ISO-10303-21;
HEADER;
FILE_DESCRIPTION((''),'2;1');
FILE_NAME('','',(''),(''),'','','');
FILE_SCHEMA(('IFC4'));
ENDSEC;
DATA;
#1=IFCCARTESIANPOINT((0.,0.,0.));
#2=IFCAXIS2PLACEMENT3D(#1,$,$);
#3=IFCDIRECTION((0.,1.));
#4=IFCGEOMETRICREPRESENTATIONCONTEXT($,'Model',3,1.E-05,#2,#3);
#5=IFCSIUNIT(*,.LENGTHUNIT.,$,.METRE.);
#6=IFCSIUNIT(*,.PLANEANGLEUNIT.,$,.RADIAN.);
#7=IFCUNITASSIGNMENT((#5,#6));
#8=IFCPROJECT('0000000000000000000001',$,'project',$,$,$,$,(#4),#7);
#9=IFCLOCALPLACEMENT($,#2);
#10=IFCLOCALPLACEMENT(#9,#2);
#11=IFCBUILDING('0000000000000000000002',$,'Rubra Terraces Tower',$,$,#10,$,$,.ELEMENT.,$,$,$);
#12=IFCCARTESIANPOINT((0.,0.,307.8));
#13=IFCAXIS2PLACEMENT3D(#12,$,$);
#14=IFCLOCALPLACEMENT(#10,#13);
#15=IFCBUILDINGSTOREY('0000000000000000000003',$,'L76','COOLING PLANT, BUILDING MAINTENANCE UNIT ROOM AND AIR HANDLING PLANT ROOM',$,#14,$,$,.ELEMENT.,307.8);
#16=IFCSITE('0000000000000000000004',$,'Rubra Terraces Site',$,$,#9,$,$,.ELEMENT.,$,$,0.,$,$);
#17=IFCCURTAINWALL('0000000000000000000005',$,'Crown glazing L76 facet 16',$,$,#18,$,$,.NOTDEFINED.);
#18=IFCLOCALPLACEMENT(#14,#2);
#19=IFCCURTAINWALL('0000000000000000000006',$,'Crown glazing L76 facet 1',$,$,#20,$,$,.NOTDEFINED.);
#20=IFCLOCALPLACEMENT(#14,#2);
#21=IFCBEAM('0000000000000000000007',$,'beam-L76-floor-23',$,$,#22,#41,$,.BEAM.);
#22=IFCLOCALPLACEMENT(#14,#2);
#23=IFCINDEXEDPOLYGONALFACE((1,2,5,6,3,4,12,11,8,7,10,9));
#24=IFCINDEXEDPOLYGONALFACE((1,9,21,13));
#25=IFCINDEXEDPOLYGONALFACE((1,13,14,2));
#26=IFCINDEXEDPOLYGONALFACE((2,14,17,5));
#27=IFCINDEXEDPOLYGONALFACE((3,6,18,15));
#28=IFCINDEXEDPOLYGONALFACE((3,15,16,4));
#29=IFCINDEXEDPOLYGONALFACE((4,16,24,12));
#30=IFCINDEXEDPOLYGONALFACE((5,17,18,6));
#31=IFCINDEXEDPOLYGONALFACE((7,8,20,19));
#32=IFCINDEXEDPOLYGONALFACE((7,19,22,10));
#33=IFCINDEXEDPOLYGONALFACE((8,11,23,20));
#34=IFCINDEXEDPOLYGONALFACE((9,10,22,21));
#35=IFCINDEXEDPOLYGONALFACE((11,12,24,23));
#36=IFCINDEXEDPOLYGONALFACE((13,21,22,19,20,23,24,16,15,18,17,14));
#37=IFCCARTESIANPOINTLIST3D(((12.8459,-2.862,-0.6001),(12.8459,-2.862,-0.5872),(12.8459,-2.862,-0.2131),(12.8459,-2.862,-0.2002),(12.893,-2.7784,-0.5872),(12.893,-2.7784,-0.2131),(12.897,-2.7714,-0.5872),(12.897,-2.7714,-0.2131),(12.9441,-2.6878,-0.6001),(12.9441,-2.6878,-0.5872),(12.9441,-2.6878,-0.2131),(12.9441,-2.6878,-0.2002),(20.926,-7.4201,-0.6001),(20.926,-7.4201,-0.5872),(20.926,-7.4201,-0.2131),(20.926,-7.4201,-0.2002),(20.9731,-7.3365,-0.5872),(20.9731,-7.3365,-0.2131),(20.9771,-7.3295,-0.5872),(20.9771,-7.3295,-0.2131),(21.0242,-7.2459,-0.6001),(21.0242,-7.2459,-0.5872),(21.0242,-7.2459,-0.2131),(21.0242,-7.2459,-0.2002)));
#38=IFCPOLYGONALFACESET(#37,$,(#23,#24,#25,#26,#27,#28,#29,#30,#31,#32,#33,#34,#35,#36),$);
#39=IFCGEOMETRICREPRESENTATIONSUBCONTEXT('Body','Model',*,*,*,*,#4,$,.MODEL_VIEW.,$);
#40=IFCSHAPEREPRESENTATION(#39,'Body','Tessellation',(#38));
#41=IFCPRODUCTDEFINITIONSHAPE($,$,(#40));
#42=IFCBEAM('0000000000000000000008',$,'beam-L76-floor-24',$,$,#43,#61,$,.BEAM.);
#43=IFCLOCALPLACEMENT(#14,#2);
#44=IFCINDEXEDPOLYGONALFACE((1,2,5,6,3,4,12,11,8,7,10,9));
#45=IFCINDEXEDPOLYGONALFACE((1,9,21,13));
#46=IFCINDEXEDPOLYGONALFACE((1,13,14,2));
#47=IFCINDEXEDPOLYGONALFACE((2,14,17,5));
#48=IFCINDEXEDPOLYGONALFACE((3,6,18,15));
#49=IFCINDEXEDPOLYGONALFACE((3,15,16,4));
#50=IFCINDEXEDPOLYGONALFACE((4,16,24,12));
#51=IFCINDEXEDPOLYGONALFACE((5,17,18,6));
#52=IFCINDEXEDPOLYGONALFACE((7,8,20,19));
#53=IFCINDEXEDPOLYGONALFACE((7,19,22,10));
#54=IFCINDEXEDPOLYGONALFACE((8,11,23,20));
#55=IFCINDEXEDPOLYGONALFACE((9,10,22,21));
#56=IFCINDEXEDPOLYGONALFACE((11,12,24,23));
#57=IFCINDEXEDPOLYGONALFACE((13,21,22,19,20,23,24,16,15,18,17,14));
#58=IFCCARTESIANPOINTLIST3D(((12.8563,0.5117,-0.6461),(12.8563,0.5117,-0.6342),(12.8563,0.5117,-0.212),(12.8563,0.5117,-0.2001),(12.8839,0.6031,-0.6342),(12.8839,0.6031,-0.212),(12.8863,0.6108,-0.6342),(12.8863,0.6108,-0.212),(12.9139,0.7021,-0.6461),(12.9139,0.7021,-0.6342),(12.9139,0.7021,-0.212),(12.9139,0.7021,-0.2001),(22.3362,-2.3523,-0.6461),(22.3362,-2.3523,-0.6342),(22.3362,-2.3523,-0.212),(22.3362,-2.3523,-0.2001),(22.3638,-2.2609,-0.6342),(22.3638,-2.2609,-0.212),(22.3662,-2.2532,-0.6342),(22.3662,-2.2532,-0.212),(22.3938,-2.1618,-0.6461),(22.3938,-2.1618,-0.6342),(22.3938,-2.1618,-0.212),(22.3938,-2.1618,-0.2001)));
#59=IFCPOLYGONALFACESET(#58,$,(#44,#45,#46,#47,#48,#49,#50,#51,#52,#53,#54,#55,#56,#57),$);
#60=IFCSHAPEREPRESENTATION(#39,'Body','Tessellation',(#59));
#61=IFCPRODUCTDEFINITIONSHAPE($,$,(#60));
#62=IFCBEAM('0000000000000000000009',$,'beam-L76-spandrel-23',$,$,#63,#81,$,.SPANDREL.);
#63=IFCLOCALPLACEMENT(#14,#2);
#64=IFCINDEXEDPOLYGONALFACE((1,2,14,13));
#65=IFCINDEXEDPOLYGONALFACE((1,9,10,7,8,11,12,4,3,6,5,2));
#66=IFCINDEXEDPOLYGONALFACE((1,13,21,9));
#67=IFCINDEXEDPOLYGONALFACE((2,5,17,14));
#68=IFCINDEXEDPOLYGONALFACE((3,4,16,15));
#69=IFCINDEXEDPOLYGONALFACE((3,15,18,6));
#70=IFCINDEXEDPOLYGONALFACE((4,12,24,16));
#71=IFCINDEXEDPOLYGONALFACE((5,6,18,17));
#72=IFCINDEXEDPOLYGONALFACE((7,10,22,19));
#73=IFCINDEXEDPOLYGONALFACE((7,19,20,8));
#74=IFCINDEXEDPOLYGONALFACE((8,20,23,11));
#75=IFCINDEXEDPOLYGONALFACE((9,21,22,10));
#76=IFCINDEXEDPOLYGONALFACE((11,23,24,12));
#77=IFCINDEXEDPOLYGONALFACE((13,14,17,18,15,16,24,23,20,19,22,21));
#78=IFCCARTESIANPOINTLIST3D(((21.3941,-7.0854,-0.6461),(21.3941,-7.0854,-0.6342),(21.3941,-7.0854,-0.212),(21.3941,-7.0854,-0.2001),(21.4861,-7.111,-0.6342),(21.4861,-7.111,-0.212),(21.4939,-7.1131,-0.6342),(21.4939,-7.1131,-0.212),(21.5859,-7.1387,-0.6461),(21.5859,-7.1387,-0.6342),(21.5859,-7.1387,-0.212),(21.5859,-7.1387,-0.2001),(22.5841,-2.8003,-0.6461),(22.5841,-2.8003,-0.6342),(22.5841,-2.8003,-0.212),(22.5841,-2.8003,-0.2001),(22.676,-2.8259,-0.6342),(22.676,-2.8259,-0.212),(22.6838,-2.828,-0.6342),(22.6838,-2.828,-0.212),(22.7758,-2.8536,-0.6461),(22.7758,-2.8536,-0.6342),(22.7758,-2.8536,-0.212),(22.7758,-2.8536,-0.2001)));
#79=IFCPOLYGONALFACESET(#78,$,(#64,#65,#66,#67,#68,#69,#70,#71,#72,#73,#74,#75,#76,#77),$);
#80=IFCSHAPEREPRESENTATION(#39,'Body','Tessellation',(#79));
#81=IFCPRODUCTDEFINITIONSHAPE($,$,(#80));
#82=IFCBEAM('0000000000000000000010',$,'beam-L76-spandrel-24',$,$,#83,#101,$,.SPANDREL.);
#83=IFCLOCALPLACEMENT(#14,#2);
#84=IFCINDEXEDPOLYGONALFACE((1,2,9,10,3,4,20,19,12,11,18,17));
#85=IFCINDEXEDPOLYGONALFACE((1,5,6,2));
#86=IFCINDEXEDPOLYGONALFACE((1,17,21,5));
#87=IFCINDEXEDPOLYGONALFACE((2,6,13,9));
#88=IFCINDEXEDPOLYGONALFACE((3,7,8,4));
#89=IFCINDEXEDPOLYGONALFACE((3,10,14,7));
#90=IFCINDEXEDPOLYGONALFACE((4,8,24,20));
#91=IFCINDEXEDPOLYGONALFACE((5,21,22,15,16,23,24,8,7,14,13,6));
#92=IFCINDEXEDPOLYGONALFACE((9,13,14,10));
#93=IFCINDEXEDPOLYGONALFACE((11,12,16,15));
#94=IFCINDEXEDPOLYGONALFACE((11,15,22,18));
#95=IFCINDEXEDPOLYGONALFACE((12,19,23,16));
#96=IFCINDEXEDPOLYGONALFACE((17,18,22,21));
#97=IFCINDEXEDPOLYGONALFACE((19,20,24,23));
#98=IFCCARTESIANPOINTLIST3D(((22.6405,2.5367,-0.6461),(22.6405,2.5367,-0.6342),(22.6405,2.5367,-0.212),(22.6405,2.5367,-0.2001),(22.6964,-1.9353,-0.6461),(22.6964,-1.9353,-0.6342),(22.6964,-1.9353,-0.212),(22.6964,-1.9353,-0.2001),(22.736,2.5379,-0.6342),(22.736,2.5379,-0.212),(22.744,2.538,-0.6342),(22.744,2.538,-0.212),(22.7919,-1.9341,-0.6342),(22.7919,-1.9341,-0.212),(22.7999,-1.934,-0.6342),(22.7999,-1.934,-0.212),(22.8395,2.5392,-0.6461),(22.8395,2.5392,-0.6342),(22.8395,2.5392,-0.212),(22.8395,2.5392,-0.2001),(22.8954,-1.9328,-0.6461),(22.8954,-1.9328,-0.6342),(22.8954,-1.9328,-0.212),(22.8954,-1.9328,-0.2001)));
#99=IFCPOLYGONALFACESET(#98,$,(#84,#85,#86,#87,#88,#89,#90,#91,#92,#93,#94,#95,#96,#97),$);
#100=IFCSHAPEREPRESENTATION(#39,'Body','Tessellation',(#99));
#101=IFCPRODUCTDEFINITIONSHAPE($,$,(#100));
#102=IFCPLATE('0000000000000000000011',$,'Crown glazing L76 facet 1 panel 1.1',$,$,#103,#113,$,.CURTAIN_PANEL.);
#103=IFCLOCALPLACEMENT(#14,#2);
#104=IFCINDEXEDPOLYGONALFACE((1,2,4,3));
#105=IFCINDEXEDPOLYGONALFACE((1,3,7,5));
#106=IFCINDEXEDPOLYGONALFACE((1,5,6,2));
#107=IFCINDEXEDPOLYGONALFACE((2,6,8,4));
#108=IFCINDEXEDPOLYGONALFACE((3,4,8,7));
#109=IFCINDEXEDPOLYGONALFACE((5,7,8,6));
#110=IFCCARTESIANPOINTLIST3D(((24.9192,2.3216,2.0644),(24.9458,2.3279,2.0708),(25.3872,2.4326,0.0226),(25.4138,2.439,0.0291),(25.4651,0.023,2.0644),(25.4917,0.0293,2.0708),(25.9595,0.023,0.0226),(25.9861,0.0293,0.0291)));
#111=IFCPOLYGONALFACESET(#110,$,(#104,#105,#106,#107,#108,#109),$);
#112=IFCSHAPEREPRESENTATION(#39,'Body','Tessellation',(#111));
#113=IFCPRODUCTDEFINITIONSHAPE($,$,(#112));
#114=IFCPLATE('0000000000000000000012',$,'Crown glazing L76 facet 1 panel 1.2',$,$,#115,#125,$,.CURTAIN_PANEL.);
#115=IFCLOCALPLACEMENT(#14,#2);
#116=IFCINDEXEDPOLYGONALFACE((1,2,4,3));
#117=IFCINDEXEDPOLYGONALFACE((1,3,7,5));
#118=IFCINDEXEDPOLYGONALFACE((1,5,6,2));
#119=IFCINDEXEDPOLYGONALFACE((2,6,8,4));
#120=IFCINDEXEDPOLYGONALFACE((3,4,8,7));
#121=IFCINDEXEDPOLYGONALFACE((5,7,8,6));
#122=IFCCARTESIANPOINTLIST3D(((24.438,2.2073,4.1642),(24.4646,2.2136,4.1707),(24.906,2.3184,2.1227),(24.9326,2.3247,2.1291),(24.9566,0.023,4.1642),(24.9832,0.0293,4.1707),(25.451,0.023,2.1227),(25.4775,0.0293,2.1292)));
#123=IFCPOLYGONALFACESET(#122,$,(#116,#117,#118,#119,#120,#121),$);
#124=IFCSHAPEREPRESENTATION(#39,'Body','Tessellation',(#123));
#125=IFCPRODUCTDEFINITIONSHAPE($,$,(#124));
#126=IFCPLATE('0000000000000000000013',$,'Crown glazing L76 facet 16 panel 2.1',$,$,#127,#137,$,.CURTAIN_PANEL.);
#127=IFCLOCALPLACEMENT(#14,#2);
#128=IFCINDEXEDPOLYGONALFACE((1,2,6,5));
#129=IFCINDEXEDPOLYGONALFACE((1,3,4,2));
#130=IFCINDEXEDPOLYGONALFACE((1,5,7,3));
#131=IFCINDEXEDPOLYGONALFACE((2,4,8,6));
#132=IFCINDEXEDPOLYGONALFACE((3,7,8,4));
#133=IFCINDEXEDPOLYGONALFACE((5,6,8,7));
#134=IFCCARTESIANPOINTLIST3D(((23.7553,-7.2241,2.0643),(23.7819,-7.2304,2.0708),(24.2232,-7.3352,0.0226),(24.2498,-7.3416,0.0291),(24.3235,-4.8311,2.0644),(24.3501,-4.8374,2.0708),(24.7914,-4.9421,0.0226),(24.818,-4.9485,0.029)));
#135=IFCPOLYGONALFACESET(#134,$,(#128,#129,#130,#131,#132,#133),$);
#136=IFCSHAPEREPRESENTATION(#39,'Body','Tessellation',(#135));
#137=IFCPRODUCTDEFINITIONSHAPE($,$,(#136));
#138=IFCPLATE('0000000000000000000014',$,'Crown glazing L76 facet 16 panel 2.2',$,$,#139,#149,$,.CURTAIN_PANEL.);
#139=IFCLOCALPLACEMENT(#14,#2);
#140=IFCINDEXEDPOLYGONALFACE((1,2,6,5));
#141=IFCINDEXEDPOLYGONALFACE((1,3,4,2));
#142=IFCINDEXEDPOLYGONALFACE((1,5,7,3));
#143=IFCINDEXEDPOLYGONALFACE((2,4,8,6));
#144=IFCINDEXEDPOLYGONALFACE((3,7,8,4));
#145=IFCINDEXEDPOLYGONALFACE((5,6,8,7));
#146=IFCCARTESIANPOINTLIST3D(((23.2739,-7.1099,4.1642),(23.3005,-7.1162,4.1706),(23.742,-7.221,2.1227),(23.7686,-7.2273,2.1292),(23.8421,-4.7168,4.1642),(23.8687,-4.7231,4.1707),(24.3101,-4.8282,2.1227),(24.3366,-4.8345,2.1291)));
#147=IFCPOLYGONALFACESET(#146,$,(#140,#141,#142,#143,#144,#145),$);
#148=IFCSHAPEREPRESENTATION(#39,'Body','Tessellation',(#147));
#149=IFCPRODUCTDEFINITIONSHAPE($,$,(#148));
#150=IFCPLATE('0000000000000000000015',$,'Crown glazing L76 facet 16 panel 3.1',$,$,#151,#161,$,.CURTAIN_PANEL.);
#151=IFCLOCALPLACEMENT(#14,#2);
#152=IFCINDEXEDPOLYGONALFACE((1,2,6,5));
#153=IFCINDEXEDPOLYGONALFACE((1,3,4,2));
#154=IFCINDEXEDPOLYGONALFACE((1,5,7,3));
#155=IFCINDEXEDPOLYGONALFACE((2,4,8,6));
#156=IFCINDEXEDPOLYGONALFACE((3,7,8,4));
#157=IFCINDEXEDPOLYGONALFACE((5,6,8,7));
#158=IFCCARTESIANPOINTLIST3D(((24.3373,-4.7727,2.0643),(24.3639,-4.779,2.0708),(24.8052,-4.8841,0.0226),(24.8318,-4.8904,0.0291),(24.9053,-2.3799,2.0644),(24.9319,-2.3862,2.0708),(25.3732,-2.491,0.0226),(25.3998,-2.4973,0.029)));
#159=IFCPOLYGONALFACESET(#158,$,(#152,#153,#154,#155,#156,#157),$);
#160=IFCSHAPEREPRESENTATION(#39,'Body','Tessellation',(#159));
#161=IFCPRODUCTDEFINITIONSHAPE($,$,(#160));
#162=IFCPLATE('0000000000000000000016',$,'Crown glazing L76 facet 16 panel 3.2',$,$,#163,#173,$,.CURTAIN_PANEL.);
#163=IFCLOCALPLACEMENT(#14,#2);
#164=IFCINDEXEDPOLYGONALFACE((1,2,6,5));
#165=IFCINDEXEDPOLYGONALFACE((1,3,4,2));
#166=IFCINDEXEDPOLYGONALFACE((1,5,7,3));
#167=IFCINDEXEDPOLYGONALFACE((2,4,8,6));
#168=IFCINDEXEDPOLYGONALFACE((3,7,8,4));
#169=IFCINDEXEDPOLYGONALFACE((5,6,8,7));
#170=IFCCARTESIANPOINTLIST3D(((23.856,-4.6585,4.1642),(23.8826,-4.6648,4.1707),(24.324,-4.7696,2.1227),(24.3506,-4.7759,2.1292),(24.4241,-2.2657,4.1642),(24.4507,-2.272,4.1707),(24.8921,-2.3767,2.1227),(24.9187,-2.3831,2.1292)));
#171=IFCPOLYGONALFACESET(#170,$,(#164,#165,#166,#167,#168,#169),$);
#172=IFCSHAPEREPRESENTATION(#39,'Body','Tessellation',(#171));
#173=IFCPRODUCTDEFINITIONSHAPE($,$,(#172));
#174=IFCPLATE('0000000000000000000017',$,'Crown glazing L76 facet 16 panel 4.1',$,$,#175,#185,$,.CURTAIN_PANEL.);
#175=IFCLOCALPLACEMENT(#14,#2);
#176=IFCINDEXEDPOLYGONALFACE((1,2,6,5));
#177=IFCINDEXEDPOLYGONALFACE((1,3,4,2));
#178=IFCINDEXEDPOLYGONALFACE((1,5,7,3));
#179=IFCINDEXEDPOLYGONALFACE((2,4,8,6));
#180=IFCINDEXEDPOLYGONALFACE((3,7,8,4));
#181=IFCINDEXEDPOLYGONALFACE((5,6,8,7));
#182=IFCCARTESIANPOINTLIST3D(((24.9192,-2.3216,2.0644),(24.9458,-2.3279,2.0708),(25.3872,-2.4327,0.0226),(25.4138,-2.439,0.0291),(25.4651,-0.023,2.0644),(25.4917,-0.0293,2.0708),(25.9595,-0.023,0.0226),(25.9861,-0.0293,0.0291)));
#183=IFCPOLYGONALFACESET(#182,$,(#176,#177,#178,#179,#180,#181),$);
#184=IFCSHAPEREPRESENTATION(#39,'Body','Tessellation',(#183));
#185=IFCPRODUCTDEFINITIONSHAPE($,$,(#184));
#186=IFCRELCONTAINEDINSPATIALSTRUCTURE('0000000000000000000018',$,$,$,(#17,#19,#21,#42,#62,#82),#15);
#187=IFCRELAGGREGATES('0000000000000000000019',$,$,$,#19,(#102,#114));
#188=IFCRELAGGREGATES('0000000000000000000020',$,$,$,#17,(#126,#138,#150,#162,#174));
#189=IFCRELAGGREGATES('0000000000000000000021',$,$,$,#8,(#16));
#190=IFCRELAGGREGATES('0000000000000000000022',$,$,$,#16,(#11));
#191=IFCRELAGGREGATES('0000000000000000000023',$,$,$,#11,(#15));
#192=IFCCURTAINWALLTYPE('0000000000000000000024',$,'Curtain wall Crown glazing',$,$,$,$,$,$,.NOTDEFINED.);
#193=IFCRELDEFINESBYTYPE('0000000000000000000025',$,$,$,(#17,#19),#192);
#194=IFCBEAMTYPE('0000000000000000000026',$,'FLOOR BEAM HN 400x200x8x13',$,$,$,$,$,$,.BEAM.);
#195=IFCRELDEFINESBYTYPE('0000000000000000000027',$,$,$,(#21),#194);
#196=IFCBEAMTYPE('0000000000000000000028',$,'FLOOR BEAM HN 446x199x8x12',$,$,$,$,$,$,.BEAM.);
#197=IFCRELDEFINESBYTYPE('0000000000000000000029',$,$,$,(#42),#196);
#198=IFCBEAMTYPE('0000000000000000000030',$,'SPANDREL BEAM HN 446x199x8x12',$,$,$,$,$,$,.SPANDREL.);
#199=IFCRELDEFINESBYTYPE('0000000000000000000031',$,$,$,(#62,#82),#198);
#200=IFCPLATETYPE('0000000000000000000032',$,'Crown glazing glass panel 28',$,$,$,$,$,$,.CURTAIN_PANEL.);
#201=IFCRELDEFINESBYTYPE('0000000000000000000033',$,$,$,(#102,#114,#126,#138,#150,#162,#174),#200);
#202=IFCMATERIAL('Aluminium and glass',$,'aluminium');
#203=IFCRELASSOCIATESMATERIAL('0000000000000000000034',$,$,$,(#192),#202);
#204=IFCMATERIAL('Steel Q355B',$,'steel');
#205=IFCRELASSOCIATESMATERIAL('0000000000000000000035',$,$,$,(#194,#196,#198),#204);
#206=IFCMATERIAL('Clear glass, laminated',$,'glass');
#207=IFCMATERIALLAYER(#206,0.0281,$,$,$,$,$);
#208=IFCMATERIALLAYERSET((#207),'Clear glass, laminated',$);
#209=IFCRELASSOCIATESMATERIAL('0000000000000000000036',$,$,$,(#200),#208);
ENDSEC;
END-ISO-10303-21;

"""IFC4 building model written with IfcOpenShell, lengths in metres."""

from ifc_helpers import new_model, si_unit, direction, frame, origin, origin_2d, place, context, subcontext, project, spatial, polyline, i_section, outline, extrude, material, layer, layer_set, material_profile, profile_set, type_object, element, aggregate, save


model = new_model("IFC4")

# Units and contexts
model_context = context("Model", 3, precision=1e-05, world=origin(), true_north=direction((0.0, 1.0)))
body_context = subcontext(model_context, "Body", "Model", "MODEL_VIEW")
ifc_project = project(units=[si_unit("LENGTHUNIT", "METRE"), si_unit("PLANEANGLEUNIT", "RADIAN")], contexts=[model_context])

# Site, building, storey
site_placement = place(None, origin())
site = spatial("IfcSite", under=ifc_project, at=site_placement, Name="Rubra Terraces Site", CompositionType="ELEMENT", RefElevation=0.0)
building_placement = place(site_placement, origin())
building = spatial("IfcBuilding", under=site, at=building_placement, Name="Rubra Terraces Tower", CompositionType="ELEMENT")
storey_placement = place(building_placement, frame((0.0, 0.0, 307.8)))
storey = spatial("IfcBuildingStorey", under=building, at=storey_placement, Name="L76", Description="COOLING PLANT, BUILDING MAINTENANCE UNIT ROOM AND AIR HANDLING PLANT ROOM", CompositionType="ELEMENT", Elevation=307.8)

# Shared definitions
ifc_material_1 = material(Name="Steel Q355B", Category="steel")

# Curtain walls
ifc_material_2 = material(Name="Aluminium and glass", Category="aluminium")
curtain_wall_type = type_object("IfcCurtainWallType", Name="Curtain wall Crown glazing", PredefinedType="NOTDEFINED", material=ifc_material_2)
curtain_wall_1_placement = place(storey_placement, origin())
curtain_wall_1 = element("IfcCurtainWall", 1, at=curtain_wall_1_placement, inside=storey, type_object=curtain_wall_type, Name="Crown glazing L76 facet 16", PredefinedType="NOTDEFINED")
curtain_wall_2_placement = place(storey_placement, origin())
curtain_wall_2 = element("IfcCurtainWall", 2, at=curtain_wall_2_placement, inside=storey, type_object=curtain_wall_type, Name="Crown glazing L76 facet 1", PredefinedType="NOTDEFINED")

# Beams
ifc_material_profile_1 = material_profile(ifc_material_1, i_section(OverallWidth=0.2, OverallDepth=0.3999, WebThickness=0.0081, FlangeThickness=0.0129, at=origin_2d()), Name="HN 400x200x8x13")
ifc_profile_set_1 = profile_set([ifc_material_profile_1], Name="Steel Q355B")
beam_type_1 = type_object("IfcBeamType", Name="FLOOR BEAM HN 400x200x8x13", PredefinedType="BEAM", material=ifc_profile_set_1)
beam_1_placement = place(storey_placement, frame((20.9751, -7.333, -0.4001), z_axis=(-0.870973, 0.49133, 0.0), x_axis=(-0.49133, -0.870973, 0.0)))
element("IfcBeam", 3, at=beam_1_placement, inside=storey, type_object=beam_type_1, Name="beam-L76-floor-23", PredefinedType="BEAM", context=body_context, shape_type="SweptSolid", body=[
    extrude(i_section(OverallWidth=0.2, OverallDepth=0.3999, WebThickness=0.0081, FlangeThickness=0.0129, at=origin_2d()), origin(), (0.0, 0.0, 1.0), 9.2771),
])
ifc_material_profile_2 = material_profile(ifc_material_1, i_section(OverallWidth=0.199, OverallDepth=0.446, WebThickness=0.0081, FlangeThickness=0.012, at=origin_2d()), Name="HN 446x199x8x12")
ifc_profile_set_2 = profile_set([ifc_material_profile_2], Name="Steel Q355B")
beam_type_2 = type_object("IfcBeamType", Name="FLOOR BEAM HN 446x199x8x12", PredefinedType="BEAM", material=ifc_profile_set_2)
beam_2_placement = place(storey_placement, frame((22.365, -2.2571, -0.4231), z_axis=(-0.957268, 0.289202, 0.0), x_axis=(-0.289202, -0.957268, 0.0)))
element("IfcBeam", 4, at=beam_2_placement, inside=storey, type_object=beam_type_2, Name="beam-L76-floor-24", PredefinedType="BEAM", context=body_context, shape_type="SweptSolid", body=[
    extrude(i_section(OverallWidth=0.199, OverallDepth=0.446, WebThickness=0.0081, FlangeThickness=0.012, at=origin_2d()), origin(), (0.0, 0.0, 1.0), 9.9031),
])
ifc_material_profile_3 = material_profile(ifc_material_1, i_section(OverallWidth=0.199, OverallDepth=0.446, WebThickness=0.0081, FlangeThickness=0.012, at=origin_2d()), Name="HN 446x199x8x12")
ifc_profile_set_3 = profile_set([ifc_material_profile_3], Name="Steel Q355B")
beam_type_3 = type_object("IfcBeamType", Name="SPANDREL BEAM HN 446x199x8x12", PredefinedType="SPANDREL", material=ifc_profile_set_3)
beam_3_placement = place(storey_placement, frame((21.49, -7.1121, -0.4231), z_axis=(0.267565, 0.96354, 0.0), x_axis=(-0.96354, 0.267565, 0.0)))
element("IfcBeam", 5, at=beam_3_placement, inside=storey, type_object=beam_type_3, Name="beam-L76-spandrel-23", PredefinedType="SPANDREL", context=body_context, shape_type="SweptSolid", body=[
    extrude(i_section(OverallWidth=0.199, OverallDepth=0.446, WebThickness=0.0081, FlangeThickness=0.012, at=origin_2d()), origin(), (0.0, 0.0, 1.0), 4.4473),
])
beam_4_placement = place(storey_placement, frame((22.7959, -1.9341, -0.4231), z_axis=(-0.0125, 0.999922, 0.0), x_axis=(-0.999922, -0.0125, 0.0)))
element("IfcBeam", 6, at=beam_4_placement, inside=storey, type_object=beam_type_3, Name="beam-L76-spandrel-24", PredefinedType="SPANDREL", context=body_context, shape_type="SweptSolid", body=[
    extrude(i_section(OverallWidth=0.199, OverallDepth=0.446, WebThickness=0.0081, FlangeThickness=0.012, at=origin_2d()), origin(), (0.0, 0.0, 1.0), 4.4724),
])

# Plates
ifc_material_3 = material(Name="Clear glass, laminated", Category="glass")
ifc_layer_1 = layer(ifc_material_3, 0.0281)
ifc_layer_set_1 = layer_set([ifc_layer_1], Name="Clear glass, laminated")
plate_type = type_object("IfcPlateType", Name="Crown glazing glass panel 28", PredefinedType="CURTAIN_PANEL", material=ifc_layer_set_1)
plate_1_placement = place(storey_placement, frame((25.9861, 0.0293, 0.0291), z_axis=(0.947013, 0.224906, 0.229311), x_axis=(-0.231063, 0.972939, -0.000001)))
plate_1 = element("IfcPlate", 7, at=plate_1_placement, type_object=plate_type, Name="Crown glazing L76 facet 1 panel 1.1", PredefinedType="CURTAIN_PANEL", context=body_context, shape_type="SweptSolid", body=[
    extrude(outline(polyline([(0.0, 0.0), (2.4767, 0.0), (2.4768, 2.0976), (0.1142, 2.0976), (0.0, 0.0)])), origin(), (0.0, 0.0, -1.0), 0.0281),
])
plate_2_placement = place(storey_placement, frame((25.4775, 0.0293, 2.1292), z_axis=(0.947026, 0.224821, 0.229339), x_axis=(-0.230978, 0.972959, 0.0)))
plate_2 = element("IfcPlate", 8, at=plate_2_placement, type_object=plate_type, Name="Crown glazing L76 facet 1 panel 1.2", PredefinedType="CURTAIN_PANEL", context=body_context, shape_type="SweptSolid", body=[
    extrude(outline(polyline([(0.0, 0.0), (2.3592, 0.0), (2.3592, 2.0974), (0.1142, 2.0974), (0.0, 0.0)])), origin(), (0.0, 0.0, -1.0), 0.0281),
])
aggregate(curtain_wall_2, [plate_1, plate_2])
plate_3_placement = place(storey_placement, frame((24.2498, -7.3416, 0.0291), z_axis=(0.947033, -0.224874, 0.229261), x_axis=(0.23103, 0.972947, -0.000011)))
plate_3 = element("IfcPlate", 9, at=plate_3_placement, type_object=plate_type, Name="Crown glazing L76 facet 16 panel 2.1", PredefinedType="CURTAIN_PANEL", context=body_context, shape_type="SweptSolid", body=[
    extrude(outline(polyline([(0.0, 0.0), (2.4596, 0.0), (2.4596, 2.0976), (0.0, 2.0976), (0.0, 0.0)])), origin(), (0.0, 0.0, -1.0), 0.0281),
])
plate_4_placement = place(storey_placement, frame((23.7686, -7.2273, 2.1292), z_axis=(0.94702, -0.224834, 0.229353), x_axis=(0.230993, 0.972956, -0.000003)))
plate_4 = element("IfcPlate", 10, at=plate_4_placement, type_object=plate_type, Name="Crown glazing L76 facet 16 panel 2.2", PredefinedType="CURTAIN_PANEL", context=body_context, shape_type="SweptSolid", body=[
    extrude(outline(polyline([(0.0, 0.0), (2.4593, 0.0), (2.4595, 2.0974), (0.0, 2.0974), (0.0, 0.0)])), origin(), (0.0, 0.0, -1.0), 0.0281),
])
plate_5_placement = place(storey_placement, frame((24.8318, -4.8904, 0.0291), z_axis=(0.947049, -0.224793, 0.229273), x_axis=(0.230947, 0.972966, -0.000008)))
plate_5 = element("IfcPlate", 11, at=plate_5_placement, type_object=plate_type, Name="Crown glazing L76 facet 16 panel 3.1", PredefinedType="CURTAIN_PANEL", context=body_context, shape_type="SweptSolid", body=[
    extrude(outline(polyline([(0.0, 0.0), (2.4596, 0.0), (2.4596, 2.0976), (0.0003, 2.0976), (0.0, 0.0)])), origin(), (0.0, 0.0, -1.0), 0.0281),
])
plate_6_placement = place(storey_placement, frame((24.3506, -4.7759, 2.1292), z_axis=(0.94702, -0.224846, 0.22934), x_axis=(0.231003, 0.972953, 0.0)))
plate_6 = element("IfcPlate", 12, at=plate_6_placement, type_object=plate_type, Name="Crown glazing L76 facet 16 panel 3.2", PredefinedType="CURTAIN_PANEL", context=body_context, shape_type="SweptSolid", body=[
    extrude(outline(polyline([(0.0, 0.0), (2.4593, 0.0), (2.4593, 2.0974), (0.0, 2.0974), (0.0, 0.0)])), origin(), (0.0, 0.0, -1.0), 0.0281),
])
plate_7_placement = place(storey_placement, frame((25.4138, -2.439, 0.0291), z_axis=(0.947013, -0.224906, 0.229311), x_axis=(0.231063, 0.972939, 0.000001)))
plate_7 = element("IfcPlate", 13, at=plate_7_placement, type_object=plate_type, Name="Crown glazing L76 facet 16 panel 4.1", PredefinedType="CURTAIN_PANEL", context=body_context, shape_type="SweptSolid", body=[
    extrude(outline(polyline([(0.0, 0.0), (2.4767, 0.0), (2.3625, 2.0976), (-0.0001, 2.0976), (0.0, 0.0)])), origin(), (0.0, 0.0, -1.0), 0.0281),
])
aggregate(curtain_wall_1, [plate_3, plate_4, plate_5, plate_6, plate_7])

save(model, "model.ifc")
